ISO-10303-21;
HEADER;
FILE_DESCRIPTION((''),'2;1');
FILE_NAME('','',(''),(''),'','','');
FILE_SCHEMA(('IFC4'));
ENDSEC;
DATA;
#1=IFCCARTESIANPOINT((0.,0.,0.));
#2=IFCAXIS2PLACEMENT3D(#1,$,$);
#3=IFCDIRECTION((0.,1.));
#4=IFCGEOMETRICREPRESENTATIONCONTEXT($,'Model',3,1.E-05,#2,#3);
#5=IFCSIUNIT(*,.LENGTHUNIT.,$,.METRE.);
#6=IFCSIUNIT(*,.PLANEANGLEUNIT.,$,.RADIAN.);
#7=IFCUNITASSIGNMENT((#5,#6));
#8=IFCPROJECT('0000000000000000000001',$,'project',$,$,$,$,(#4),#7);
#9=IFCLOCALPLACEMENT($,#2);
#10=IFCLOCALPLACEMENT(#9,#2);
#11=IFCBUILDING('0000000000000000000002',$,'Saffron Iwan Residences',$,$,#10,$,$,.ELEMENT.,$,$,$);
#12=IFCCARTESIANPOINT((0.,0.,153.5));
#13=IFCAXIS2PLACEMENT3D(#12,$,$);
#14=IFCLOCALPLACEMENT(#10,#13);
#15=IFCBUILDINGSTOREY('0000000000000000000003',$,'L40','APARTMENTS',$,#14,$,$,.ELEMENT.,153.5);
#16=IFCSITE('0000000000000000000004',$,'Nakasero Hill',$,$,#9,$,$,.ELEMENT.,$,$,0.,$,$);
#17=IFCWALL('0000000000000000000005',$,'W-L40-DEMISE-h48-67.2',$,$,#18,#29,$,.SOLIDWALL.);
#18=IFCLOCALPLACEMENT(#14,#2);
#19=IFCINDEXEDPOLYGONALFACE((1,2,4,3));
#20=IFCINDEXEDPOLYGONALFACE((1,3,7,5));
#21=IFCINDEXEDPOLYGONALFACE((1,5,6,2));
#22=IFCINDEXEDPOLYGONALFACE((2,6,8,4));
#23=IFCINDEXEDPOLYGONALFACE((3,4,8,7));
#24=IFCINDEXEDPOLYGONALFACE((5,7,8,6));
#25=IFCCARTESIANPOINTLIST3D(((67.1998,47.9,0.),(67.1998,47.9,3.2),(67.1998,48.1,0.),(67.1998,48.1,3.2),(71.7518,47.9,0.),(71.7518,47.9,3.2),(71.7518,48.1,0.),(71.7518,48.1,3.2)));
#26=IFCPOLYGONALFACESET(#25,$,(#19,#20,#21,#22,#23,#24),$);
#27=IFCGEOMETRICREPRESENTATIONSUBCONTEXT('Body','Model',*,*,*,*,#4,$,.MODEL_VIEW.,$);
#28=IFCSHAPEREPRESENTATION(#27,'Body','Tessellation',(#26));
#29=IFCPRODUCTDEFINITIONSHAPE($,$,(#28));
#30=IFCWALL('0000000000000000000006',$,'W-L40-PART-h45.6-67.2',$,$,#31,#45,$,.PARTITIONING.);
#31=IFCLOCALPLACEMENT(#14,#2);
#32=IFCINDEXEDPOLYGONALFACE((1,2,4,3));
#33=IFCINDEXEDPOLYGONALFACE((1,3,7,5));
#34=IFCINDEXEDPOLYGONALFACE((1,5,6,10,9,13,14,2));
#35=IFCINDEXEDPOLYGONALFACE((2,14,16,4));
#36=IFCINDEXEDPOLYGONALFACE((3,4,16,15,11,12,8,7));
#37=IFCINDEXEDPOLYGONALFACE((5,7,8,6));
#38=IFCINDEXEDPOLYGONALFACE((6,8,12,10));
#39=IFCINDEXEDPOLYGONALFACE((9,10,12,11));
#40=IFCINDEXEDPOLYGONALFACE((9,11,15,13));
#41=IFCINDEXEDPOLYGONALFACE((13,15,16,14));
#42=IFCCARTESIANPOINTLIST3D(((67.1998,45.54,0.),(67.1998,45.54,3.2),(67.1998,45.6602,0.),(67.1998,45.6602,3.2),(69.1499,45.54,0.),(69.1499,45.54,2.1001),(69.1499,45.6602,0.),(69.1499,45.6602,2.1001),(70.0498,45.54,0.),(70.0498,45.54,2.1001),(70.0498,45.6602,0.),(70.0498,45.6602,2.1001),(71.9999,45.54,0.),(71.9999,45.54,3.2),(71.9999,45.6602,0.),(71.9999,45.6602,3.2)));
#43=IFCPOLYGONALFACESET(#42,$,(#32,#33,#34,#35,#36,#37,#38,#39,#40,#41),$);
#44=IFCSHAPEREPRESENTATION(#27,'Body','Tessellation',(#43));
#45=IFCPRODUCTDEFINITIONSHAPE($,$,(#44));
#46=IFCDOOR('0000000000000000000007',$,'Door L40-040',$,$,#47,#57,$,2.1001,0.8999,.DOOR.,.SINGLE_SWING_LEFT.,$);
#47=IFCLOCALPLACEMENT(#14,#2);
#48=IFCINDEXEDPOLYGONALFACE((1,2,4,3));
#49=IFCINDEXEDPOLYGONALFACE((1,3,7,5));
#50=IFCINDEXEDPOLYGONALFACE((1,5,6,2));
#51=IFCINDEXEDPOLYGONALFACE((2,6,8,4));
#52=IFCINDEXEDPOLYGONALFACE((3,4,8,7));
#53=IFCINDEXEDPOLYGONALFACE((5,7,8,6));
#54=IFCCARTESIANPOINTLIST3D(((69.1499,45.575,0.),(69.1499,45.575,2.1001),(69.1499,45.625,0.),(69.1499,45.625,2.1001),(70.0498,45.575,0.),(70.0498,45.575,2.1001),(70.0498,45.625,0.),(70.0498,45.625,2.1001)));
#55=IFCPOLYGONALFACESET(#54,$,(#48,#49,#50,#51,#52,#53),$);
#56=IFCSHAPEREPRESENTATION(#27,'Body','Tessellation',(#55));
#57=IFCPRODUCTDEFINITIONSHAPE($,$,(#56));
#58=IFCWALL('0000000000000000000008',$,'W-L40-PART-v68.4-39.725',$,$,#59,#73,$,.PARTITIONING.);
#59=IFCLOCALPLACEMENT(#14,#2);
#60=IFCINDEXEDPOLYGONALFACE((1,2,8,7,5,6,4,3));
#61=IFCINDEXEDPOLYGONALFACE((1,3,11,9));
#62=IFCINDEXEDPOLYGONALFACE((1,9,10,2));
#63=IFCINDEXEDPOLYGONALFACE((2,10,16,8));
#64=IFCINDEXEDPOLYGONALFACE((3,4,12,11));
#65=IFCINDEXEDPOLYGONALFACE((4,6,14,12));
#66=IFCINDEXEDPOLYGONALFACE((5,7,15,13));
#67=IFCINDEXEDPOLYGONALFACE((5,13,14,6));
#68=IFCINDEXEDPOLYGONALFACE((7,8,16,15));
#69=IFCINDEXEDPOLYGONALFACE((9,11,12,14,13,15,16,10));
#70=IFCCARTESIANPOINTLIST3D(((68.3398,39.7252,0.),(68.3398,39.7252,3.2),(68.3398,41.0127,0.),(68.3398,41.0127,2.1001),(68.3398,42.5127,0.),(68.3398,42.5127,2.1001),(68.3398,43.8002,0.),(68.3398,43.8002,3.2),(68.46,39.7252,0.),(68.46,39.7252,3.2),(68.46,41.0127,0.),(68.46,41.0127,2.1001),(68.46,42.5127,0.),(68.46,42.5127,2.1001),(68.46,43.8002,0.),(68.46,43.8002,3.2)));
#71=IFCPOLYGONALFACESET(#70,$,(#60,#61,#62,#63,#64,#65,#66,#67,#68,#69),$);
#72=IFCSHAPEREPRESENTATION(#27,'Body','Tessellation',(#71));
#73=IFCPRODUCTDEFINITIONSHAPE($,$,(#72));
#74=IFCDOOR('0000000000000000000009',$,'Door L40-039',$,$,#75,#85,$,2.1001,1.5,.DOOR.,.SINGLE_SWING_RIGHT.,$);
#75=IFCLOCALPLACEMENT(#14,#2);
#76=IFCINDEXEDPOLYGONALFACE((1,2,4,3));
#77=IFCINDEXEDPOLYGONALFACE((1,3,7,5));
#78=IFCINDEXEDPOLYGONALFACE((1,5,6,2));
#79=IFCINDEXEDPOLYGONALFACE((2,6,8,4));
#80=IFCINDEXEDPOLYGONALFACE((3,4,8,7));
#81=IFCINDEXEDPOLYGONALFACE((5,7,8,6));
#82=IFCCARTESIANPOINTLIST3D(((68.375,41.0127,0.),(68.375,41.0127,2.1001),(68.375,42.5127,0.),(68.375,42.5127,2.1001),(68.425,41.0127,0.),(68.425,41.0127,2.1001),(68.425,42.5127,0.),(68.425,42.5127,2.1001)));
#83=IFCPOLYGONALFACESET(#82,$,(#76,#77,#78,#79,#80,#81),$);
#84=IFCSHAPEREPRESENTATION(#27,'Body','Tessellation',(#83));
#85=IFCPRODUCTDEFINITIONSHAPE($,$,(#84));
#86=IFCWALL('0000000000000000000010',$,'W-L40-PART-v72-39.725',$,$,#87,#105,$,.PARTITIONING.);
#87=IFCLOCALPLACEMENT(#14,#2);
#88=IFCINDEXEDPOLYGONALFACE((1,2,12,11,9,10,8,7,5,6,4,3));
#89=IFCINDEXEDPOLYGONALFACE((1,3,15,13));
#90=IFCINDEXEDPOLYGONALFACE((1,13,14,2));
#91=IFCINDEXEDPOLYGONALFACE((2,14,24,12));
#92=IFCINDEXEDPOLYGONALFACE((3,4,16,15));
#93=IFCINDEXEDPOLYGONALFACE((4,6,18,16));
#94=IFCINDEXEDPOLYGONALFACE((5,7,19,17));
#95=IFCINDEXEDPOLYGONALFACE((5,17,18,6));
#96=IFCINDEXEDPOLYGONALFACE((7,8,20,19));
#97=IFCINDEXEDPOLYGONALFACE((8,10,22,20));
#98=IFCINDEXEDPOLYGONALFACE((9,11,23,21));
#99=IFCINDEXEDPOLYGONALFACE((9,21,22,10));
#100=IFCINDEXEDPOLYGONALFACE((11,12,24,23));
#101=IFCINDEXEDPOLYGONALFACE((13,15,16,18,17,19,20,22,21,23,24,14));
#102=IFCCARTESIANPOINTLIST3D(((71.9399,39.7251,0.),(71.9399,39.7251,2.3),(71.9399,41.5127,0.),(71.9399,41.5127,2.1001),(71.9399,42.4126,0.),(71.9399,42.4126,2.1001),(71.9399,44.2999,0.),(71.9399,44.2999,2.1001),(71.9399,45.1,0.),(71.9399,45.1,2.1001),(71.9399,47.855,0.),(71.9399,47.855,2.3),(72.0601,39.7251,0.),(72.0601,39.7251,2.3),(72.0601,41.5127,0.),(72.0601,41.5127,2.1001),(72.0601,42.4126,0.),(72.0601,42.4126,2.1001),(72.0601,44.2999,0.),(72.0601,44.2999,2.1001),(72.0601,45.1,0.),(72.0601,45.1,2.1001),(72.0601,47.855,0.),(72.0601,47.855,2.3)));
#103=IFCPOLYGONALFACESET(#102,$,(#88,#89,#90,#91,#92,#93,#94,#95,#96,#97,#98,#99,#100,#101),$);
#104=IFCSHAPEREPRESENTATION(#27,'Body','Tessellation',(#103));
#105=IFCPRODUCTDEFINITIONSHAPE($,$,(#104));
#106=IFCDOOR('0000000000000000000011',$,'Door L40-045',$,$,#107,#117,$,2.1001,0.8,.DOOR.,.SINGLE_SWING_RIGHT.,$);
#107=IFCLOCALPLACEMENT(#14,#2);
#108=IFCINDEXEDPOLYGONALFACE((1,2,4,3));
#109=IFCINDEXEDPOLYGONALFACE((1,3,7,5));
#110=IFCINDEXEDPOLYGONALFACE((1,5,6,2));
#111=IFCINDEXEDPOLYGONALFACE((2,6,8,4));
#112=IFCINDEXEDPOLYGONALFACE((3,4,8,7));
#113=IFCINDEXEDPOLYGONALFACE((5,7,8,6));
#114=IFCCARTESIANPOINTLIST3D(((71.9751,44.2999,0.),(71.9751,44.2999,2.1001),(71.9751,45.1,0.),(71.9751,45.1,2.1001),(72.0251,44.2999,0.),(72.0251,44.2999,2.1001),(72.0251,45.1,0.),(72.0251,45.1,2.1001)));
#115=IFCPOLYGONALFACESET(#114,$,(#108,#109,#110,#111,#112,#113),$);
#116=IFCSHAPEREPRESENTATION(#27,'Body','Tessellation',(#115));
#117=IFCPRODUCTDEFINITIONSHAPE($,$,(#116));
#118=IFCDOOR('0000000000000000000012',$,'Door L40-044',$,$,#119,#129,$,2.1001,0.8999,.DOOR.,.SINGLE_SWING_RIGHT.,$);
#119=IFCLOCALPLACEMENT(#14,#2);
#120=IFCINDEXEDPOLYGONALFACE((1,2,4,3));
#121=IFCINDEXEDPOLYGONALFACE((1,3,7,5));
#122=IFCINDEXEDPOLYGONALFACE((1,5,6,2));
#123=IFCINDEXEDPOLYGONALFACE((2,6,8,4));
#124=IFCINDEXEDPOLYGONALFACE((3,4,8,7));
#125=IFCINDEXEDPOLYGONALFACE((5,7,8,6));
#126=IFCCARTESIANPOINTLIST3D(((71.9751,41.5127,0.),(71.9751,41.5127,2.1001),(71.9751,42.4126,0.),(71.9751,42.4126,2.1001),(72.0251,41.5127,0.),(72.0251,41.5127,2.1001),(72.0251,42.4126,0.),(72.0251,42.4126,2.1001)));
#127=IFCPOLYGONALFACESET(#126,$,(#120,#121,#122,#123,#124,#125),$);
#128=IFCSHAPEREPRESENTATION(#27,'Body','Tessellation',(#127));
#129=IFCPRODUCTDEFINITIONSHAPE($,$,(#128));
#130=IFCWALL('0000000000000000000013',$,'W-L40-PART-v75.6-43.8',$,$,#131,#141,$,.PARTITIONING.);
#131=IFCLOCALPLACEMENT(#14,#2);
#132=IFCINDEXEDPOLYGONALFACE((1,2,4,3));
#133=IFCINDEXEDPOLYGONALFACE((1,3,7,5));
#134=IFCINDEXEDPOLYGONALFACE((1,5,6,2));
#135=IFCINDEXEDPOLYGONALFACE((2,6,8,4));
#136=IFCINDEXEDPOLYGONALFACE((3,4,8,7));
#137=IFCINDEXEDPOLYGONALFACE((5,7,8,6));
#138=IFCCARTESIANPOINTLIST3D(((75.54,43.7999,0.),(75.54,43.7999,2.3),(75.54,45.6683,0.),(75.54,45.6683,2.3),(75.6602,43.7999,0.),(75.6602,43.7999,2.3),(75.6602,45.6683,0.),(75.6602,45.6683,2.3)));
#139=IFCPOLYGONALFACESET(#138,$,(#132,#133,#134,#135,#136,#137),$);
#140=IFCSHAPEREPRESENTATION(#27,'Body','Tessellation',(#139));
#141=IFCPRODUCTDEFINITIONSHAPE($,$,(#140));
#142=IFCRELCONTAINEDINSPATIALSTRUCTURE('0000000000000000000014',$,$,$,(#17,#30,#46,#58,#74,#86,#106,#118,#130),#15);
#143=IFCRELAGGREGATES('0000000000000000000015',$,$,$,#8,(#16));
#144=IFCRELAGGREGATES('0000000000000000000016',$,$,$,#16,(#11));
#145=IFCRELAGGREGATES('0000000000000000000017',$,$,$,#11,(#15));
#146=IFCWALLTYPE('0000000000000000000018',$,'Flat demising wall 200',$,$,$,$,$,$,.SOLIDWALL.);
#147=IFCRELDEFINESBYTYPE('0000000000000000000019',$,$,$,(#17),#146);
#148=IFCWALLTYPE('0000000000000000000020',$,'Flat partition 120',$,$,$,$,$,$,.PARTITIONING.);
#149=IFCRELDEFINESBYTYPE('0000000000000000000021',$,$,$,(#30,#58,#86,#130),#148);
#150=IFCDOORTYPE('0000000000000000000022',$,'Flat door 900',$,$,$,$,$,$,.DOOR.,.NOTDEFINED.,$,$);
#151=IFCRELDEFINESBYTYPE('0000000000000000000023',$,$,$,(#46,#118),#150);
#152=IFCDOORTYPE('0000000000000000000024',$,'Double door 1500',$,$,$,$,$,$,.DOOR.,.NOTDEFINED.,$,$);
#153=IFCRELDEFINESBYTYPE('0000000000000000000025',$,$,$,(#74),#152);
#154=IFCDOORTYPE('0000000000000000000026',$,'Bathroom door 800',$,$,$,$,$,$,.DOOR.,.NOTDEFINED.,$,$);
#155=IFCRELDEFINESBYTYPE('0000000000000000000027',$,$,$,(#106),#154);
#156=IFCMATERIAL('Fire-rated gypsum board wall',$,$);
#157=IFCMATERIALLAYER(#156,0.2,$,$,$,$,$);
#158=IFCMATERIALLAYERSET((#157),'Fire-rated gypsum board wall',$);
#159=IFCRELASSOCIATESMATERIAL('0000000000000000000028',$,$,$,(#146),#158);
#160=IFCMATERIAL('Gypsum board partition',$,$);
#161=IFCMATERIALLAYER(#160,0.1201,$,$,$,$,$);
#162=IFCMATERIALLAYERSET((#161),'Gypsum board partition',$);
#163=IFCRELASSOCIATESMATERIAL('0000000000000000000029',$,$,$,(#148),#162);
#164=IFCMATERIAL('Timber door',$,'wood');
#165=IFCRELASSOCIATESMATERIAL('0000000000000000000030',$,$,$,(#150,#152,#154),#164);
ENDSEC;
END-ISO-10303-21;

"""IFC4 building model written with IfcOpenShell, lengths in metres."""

from ifc_helpers import new_model, si_unit, direction, frame, frame_2d, origin, place, context, subcontext, project, spatial, rectangle, extrude, material, layer, layer_set, type_object, element, fill, save


model = new_model("IFC4")

# Units and contexts
model_context = context("Model", 3, precision=1e-05, world=origin(), true_north=direction((0.0, 1.0)))
body_context = subcontext(model_context, "Body", "Model", "MODEL_VIEW")
ifc_project = project(units=[si_unit("LENGTHUNIT", "METRE"), si_unit("PLANEANGLEUNIT", "RADIAN")], contexts=[model_context])

# Site, building, storey
site_placement = place(None, origin())
site = spatial("IfcSite", under=ifc_project, at=site_placement, Name="Nakasero Hill", CompositionType="ELEMENT", RefElevation=0.0)
building_placement = place(site_placement, origin())
building = spatial("IfcBuilding", under=site, at=building_placement, Name="Saffron Iwan Residences", CompositionType="ELEMENT")
storey_placement = place(building_placement, frame((0.0, 0.0, 153.5)))
storey = spatial("IfcBuildingStorey", under=building, at=storey_placement, Name="L40", Description="APARTMENTS", CompositionType="ELEMENT", Elevation=153.5)

# Wall
ifc_material_1 = material(Name="Fire-rated gypsum board wall")
ifc_layer_1 = layer(ifc_material_1, 0.2)
ifc_layer_set_1 = layer_set([ifc_layer_1], Name="Fire-rated gypsum board wall")
wall_type_1 = type_object("IfcWallType", Name="Flat demising wall 200", PredefinedType="SOLIDWALL", material=ifc_layer_set_1)
wall_1_placement = place(storey_placement, frame((67.2, 48.0, 0.0), z_axis=(0.0, 0.0, 1.0), x_axis=(1.0, 0.0, 0.0)))
element("IfcWall", 1, at=wall_1_placement, inside=storey, type_object=wall_type_1, Name="W-L40-DEMISE-h48-67.2", PredefinedType="SOLIDWALL", context=body_context, shape_type="SweptSolid", body=[
    extrude(rectangle(XDim=4.552, YDim=0.2, at=frame_2d((2.2759, 0.0))), origin(), (0.0, 0.0, 1.0), 3.2),
])

# Walls, openings, doors
ifc_material_2 = material(Name="Gypsum board partition")
ifc_layer_2 = layer(ifc_material_2, 0.1201)
ifc_layer_set_2 = layer_set([ifc_layer_2], Name="Gypsum board partition")
wall_type_2 = type_object("IfcWallType", Name="Flat partition 120", PredefinedType="PARTITIONING", material=ifc_layer_set_2)
wall_2_placement = place(storey_placement, frame((67.2, 45.6001, 0.0), z_axis=(0.0, 0.0, 1.0), x_axis=(1.0, 0.0, 0.0)))
wall_2 = element("IfcWall", 2, at=wall_2_placement, inside=storey, type_object=wall_type_2, Name="W-L40-PART-h45.6-67.2", PredefinedType="PARTITIONING", context=body_context, shape_type="SweptSolid", body=[
    extrude(rectangle(XDim=4.8, YDim=0.1201, at=frame_2d((2.3999, 0.0))), origin(), (0.0, 0.0, 1.0), 3.2),
])
opening_1_placement = place(wall_2_placement, frame((1.95, 0.0, 0.0)))
opening_1 = element("IfcOpeningElement", 3, at=opening_1_placement, cuts=wall_2, PredefinedType="OPENING", context=body_context, shape_type="SweptSolid", body=[
    extrude(rectangle(XDim=0.8999, YDim=2.1001, at=frame_2d((0.45, 1.05))), frame((0.0, 0.0701, 0.0), z_axis=(0.0, -1.0, 0.0), x_axis=(1.0, 0.0, 0.0)), (0.0, 0.0, 1.0), 0.1401),
])
ifc_material_3 = material(Name="Timber door", Category="wood")
door_type_1 = type_object("IfcDoorType", Name="Flat door 900", OperationType="NOTDEFINED", PredefinedType="DOOR", material=ifc_material_3)
door_1_placement = place(opening_1_placement, origin())
door_1 = element("IfcDoor", 4, at=door_1_placement, inside=storey, type_object=door_type_1, Name="Door L40-040", OperationType="SINGLE_SWING_LEFT", OverallHeight=2.1001, OverallWidth=0.8999, PredefinedType="DOOR", context=body_context, shape_type="SweptSolid", body=[
    extrude(rectangle(XDim=0.8999, YDim=2.1001, at=frame_2d((0.45, 1.05))), frame((0.0, 0.0249, 0.0), z_axis=(0.0, -1.0, 0.0), x_axis=(1.0, 0.0, 0.0)), (0.0, 0.0, 1.0), 0.05),
])
fill(opening_1, door_1)
wall_3_placement = place(storey_placement, frame((68.3999, 39.7251, 0.0), z_axis=(0.0, 0.0, 1.0), x_axis=(0.0, 1.0, 0.0)))
wall_3 = element("IfcWall", 5, at=wall_3_placement, inside=storey, type_object=wall_type_2, Name="W-L40-PART-v68.4-39.725", PredefinedType="PARTITIONING", context=body_context, shape_type="SweptSolid", body=[
    extrude(rectangle(XDim=4.075, YDim=0.1201, at=frame_2d((2.0376, 0.0))), origin(), (0.0, 0.0, 1.0), 3.2),
])
opening_2_placement = place(wall_3_placement, frame((1.2876, 0.0, 0.0)))
opening_2 = element("IfcOpeningElement", 6, at=opening_2_placement, cuts=wall_3, PredefinedType="OPENING", context=body_context, shape_type="SweptSolid", body=[
    extrude(rectangle(XDim=1.5, YDim=2.1001, at=frame_2d((0.75, 1.05))), frame((0.0, 0.0701, 0.0), z_axis=(0.0, -1.0, 0.0), x_axis=(1.0, 0.0, 0.0)), (0.0, 0.0, 1.0), 0.1401),
])
door_type_2 = type_object("IfcDoorType", Name="Double door 1500", OperationType="NOTDEFINED", PredefinedType="DOOR", material=ifc_material_3)
door_2_placement = place(opening_2_placement, origin())
door_2 = element("IfcDoor", 7, at=door_2_placement, inside=storey, type_object=door_type_2, Name="Door L40-039", OperationType="SINGLE_SWING_RIGHT", OverallHeight=2.1001, OverallWidth=1.5, PredefinedType="DOOR", context=body_context, shape_type="SweptSolid", body=[
    extrude(rectangle(XDim=1.5, YDim=2.1001, at=frame_2d((0.75, 1.05))), frame((0.0, 0.0249, 0.0), z_axis=(0.0, -1.0, 0.0), x_axis=(1.0, 0.0, 0.0)), (0.0, 0.0, 1.0), 0.05),
])
fill(opening_2, door_2)

# Wall, openings, doors
wall_4_placement = place(storey_placement, frame((72.0, 39.7251, 0.0), z_axis=(0.0, 0.0, 1.0), x_axis=(0.0, 1.0, 0.0)))
wall_4 = element("IfcWall", 8, at=wall_4_placement, inside=storey, type_object=wall_type_2, Name="W-L40-PART-v72-39.725", PredefinedType="PARTITIONING", context=body_context, shape_type="SweptSolid", body=[
    extrude(rectangle(XDim=8.1299, YDim=0.1201, at=frame_2d((4.0649, 0.0))), origin(), (0.0, 0.0, 1.0), 2.3),
])
opening_3_placement = place(wall_4_placement, frame((1.7876, 0.0, 0.0)))
opening_3 = element("IfcOpeningElement", 9, at=opening_3_placement, cuts=wall_4, PredefinedType="OPENING", context=body_context, shape_type="SweptSolid", body=[
    extrude(rectangle(XDim=0.8999, YDim=2.1001, at=frame_2d((0.45, 1.05))), frame((0.0, 0.0701, 0.0), z_axis=(0.0, -1.0, 0.0), x_axis=(1.0, 0.0, 0.0)), (0.0, 0.0, 1.0), 0.1401),
])
opening_4_placement = place(wall_4_placement, frame((4.575, 0.0, 0.0)))
opening_4 = element("IfcOpeningElement", 10, at=opening_4_placement, cuts=wall_4, PredefinedType="OPENING", context=body_context, shape_type="SweptSolid", body=[
    extrude(rectangle(XDim=0.8, YDim=2.1001, at=frame_2d((0.3999, 1.05))), frame((0.0, 0.0701, 0.0), z_axis=(0.0, -1.0, 0.0), x_axis=(1.0, 0.0, 0.0)), (0.0, 0.0, 1.0), 0.1401),
])
door_type_3 = type_object("IfcDoorType", Name="Bathroom door 800", OperationType="NOTDEFINED", PredefinedType="DOOR", material=ifc_material_3)
door_3_placement = place(opening_4_placement, origin())
door_3 = element("IfcDoor", 11, at=door_3_placement, inside=storey, type_object=door_type_3, Name="Door L40-045", OperationType="SINGLE_SWING_RIGHT", OverallHeight=2.1001, OverallWidth=0.8, PredefinedType="DOOR", context=body_context, shape_type="SweptSolid", body=[
    extrude(rectangle(XDim=0.8, YDim=2.1001, at=frame_2d((0.3999, 1.05))), frame((0.0, 0.0249, 0.0), z_axis=(0.0, -1.0, 0.0), x_axis=(1.0, 0.0, 0.0)), (0.0, 0.0, 1.0), 0.05),
])
fill(opening_4, door_3)
door_4_placement = place(opening_3_placement, origin())
door_4 = element("IfcDoor", 12, at=door_4_placement, inside=storey, type_object=door_type_1, Name="Door L40-044", OperationType="SINGLE_SWING_RIGHT", OverallHeight=2.1001, OverallWidth=0.8999, PredefinedType="DOOR", context=body_context, shape_type="SweptSolid", body=[
    extrude(rectangle(XDim=0.8999, YDim=2.1001, at=frame_2d((0.45, 1.05))), frame((0.0, 0.0249, 0.0), z_axis=(0.0, -1.0, 0.0), x_axis=(1.0, 0.0, 0.0)), (0.0, 0.0, 1.0), 0.05),
])
fill(opening_3, door_4)

# Wall
wall_5_placement = place(storey_placement, frame((75.6001, 43.8, 0.0), z_axis=(0.0, 0.0, 1.0), x_axis=(0.0, 1.0, 0.0)))
element("IfcWall", 13, at=wall_5_placement, inside=storey, type_object=wall_type_2, Name="W-L40-PART-v75.6-43.8", PredefinedType="PARTITIONING", context=body_context, shape_type="SweptSolid", body=[
    extrude(rectangle(XDim=1.8684, YDim=0.1201, at=frame_2d((0.9341, 0.0))), origin(), (0.0, 0.0, 1.0), 2.3),
])

save(model, "model.ifc")
